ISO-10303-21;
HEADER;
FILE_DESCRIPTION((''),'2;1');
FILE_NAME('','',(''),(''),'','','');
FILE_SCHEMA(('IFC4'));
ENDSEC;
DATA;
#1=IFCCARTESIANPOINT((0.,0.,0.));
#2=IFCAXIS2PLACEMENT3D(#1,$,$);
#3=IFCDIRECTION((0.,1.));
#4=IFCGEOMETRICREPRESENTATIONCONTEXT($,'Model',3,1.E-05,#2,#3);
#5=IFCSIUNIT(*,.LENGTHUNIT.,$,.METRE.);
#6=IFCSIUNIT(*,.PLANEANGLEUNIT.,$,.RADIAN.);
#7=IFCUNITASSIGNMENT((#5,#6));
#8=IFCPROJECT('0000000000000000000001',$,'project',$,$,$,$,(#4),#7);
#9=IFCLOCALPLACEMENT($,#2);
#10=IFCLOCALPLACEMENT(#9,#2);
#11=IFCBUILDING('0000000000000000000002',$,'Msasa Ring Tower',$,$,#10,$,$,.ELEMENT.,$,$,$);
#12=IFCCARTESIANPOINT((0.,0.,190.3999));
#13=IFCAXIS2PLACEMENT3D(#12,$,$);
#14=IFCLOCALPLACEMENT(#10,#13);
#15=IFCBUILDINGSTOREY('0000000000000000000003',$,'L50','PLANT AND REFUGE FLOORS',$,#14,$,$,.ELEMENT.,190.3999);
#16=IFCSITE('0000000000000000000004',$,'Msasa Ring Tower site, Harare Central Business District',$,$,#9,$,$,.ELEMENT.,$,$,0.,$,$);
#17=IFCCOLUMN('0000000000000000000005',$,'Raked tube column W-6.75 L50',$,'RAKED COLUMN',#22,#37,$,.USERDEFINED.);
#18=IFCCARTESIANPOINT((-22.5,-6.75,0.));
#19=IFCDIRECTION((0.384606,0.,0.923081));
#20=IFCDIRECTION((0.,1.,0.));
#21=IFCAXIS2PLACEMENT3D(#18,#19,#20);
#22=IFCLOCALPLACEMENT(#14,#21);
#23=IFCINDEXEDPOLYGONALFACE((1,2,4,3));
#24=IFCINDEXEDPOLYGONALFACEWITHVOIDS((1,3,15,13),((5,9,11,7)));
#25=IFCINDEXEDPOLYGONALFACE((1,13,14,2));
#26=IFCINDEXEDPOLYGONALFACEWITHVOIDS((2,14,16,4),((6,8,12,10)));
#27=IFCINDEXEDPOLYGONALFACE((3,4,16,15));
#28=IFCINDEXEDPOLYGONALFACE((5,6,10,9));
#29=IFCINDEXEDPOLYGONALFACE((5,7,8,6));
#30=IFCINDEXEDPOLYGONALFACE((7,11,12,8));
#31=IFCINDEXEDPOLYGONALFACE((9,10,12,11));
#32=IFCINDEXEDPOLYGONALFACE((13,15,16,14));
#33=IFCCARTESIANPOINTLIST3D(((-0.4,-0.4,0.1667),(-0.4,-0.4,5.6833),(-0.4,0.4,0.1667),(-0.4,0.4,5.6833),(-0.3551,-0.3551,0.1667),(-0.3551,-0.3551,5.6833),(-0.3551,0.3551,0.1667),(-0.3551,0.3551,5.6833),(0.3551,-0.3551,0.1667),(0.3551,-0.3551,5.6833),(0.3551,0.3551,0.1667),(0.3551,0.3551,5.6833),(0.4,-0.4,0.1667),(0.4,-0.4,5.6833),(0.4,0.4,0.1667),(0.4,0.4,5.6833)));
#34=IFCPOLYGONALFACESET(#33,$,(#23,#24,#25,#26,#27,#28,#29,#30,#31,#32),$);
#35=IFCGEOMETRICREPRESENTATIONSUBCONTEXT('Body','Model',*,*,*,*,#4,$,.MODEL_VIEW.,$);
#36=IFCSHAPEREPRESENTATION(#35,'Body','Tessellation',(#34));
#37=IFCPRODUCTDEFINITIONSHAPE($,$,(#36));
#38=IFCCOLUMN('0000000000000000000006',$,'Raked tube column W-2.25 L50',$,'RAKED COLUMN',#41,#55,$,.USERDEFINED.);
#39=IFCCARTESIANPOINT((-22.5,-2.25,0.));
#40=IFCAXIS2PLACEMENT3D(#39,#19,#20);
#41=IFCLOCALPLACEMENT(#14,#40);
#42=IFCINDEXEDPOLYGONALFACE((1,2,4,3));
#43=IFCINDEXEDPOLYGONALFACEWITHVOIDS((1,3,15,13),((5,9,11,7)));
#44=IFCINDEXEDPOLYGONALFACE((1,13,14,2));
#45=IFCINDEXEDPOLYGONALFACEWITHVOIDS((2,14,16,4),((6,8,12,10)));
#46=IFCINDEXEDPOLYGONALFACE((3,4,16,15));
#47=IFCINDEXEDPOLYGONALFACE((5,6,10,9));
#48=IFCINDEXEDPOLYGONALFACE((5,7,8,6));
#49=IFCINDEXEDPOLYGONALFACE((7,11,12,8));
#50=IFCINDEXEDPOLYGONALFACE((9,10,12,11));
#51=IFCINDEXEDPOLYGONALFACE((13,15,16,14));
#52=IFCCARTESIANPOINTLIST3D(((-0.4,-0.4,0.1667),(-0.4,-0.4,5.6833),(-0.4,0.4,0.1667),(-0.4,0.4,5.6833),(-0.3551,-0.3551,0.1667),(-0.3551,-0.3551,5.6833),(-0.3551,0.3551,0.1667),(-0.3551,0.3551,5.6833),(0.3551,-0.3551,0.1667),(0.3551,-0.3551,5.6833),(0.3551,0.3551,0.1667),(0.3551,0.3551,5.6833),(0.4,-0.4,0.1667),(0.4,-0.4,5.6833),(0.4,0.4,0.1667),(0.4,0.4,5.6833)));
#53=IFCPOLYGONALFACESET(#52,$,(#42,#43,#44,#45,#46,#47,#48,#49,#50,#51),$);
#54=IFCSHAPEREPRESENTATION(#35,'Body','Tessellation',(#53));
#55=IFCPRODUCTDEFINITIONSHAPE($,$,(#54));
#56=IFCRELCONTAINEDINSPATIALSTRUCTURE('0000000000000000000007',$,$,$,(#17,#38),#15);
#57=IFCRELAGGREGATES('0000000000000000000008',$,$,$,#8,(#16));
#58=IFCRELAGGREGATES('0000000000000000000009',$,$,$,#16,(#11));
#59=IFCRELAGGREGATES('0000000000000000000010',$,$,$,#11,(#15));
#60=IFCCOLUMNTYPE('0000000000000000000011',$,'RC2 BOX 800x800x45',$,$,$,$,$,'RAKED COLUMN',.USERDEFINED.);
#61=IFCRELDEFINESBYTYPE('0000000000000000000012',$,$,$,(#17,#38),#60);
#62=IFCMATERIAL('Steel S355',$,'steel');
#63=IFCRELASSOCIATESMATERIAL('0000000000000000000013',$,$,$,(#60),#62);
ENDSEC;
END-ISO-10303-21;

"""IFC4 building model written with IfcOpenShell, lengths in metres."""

from ifc_helpers import new_model, si_unit, direction, frame, origin, origin_2d, place, context, subcontext, project, spatial, hollow_rectangle, extrude, clip, halfspace, material, material_profile, profile_set, type_object, element, save


model = new_model("IFC4")

# Units and contexts
model_context = context("Model", 3, precision=1e-05, world=origin(), true_north=direction((0.0, 1.0)))
body_context = subcontext(model_context, "Body", "Model", "MODEL_VIEW")
ifc_project = project(units=[si_unit("LENGTHUNIT", "METRE"), si_unit("PLANEANGLEUNIT", "RADIAN")], contexts=[model_context])

# Site, building, storey
site_placement = place(None, origin())
site = spatial("IfcSite", under=ifc_project, at=site_placement, Name="Msasa Ring Tower site, Harare Central Business District", CompositionType="ELEMENT", RefElevation=0.0)
building_placement = place(site_placement, origin())
building = spatial("IfcBuilding", under=site, at=building_placement, Name="Msasa Ring Tower", CompositionType="ELEMENT")
storey_placement = place(building_placement, frame((0.0, 0.0, 190.3999)))
storey = spatial("IfcBuildingStorey", under=building, at=storey_placement, Name="L50", Description="PLANT AND REFUGE FLOORS", CompositionType="ELEMENT", Elevation=190.3999)

# Columns
ifc_material_1 = material(Name="Steel S355", Category="steel")
ifc_material_profile_1 = material_profile(ifc_material_1, hollow_rectangle(XDim=0.8, YDim=0.8, WallThickness=0.0449, at=origin_2d()), Name="BOX 800x800x45")
ifc_profile_set_1 = profile_set([ifc_material_profile_1], Name="Steel S355")
column_type = type_object("IfcColumnType", Name="RC2 BOX 800x800x45", ElementType="RAKED COLUMN", PredefinedType="USERDEFINED", material=ifc_profile_set_1)
for number, where, z_axis, x_axis, name in (
    (1, (-22.5, -6.75, 0.0), (0.384606, 0.0, 0.923081), (0.0, 1.0, 0.0), "Raked tube column W-6.75 L50"),
    (2, (-22.5, -2.25, 0.0), (0.384606, 0.0, 0.923081), (0.0, 1.0, 0.0), "Raked tube column W-2.25 L50"),
):
    element("IfcColumn", number, at=place(storey_placement, frame(where, z_axis=z_axis, x_axis=x_axis)), inside=storey, type_object=column_type, Name=name, ObjectType="RAKED COLUMN", PredefinedType="USERDEFINED", context=body_context, shape_type="Clipping", body=[
        clip(clip(extrude(hollow_rectangle(XDim=0.8, YDim=0.8, WallThickness=0.0449, at=origin_2d()), origin(), (0.0, 0.0, 1.0), 5.8501), halfspace(frame((0.0, 0.0, 0.1667), z_axis=(0.0, 0.0, 1.0)), True)), halfspace(frame((0.0, 0.0, 5.6833), z_axis=(0.0, 0.0, -1.0)), True)),
    ])

save(model, "model.ifc")
